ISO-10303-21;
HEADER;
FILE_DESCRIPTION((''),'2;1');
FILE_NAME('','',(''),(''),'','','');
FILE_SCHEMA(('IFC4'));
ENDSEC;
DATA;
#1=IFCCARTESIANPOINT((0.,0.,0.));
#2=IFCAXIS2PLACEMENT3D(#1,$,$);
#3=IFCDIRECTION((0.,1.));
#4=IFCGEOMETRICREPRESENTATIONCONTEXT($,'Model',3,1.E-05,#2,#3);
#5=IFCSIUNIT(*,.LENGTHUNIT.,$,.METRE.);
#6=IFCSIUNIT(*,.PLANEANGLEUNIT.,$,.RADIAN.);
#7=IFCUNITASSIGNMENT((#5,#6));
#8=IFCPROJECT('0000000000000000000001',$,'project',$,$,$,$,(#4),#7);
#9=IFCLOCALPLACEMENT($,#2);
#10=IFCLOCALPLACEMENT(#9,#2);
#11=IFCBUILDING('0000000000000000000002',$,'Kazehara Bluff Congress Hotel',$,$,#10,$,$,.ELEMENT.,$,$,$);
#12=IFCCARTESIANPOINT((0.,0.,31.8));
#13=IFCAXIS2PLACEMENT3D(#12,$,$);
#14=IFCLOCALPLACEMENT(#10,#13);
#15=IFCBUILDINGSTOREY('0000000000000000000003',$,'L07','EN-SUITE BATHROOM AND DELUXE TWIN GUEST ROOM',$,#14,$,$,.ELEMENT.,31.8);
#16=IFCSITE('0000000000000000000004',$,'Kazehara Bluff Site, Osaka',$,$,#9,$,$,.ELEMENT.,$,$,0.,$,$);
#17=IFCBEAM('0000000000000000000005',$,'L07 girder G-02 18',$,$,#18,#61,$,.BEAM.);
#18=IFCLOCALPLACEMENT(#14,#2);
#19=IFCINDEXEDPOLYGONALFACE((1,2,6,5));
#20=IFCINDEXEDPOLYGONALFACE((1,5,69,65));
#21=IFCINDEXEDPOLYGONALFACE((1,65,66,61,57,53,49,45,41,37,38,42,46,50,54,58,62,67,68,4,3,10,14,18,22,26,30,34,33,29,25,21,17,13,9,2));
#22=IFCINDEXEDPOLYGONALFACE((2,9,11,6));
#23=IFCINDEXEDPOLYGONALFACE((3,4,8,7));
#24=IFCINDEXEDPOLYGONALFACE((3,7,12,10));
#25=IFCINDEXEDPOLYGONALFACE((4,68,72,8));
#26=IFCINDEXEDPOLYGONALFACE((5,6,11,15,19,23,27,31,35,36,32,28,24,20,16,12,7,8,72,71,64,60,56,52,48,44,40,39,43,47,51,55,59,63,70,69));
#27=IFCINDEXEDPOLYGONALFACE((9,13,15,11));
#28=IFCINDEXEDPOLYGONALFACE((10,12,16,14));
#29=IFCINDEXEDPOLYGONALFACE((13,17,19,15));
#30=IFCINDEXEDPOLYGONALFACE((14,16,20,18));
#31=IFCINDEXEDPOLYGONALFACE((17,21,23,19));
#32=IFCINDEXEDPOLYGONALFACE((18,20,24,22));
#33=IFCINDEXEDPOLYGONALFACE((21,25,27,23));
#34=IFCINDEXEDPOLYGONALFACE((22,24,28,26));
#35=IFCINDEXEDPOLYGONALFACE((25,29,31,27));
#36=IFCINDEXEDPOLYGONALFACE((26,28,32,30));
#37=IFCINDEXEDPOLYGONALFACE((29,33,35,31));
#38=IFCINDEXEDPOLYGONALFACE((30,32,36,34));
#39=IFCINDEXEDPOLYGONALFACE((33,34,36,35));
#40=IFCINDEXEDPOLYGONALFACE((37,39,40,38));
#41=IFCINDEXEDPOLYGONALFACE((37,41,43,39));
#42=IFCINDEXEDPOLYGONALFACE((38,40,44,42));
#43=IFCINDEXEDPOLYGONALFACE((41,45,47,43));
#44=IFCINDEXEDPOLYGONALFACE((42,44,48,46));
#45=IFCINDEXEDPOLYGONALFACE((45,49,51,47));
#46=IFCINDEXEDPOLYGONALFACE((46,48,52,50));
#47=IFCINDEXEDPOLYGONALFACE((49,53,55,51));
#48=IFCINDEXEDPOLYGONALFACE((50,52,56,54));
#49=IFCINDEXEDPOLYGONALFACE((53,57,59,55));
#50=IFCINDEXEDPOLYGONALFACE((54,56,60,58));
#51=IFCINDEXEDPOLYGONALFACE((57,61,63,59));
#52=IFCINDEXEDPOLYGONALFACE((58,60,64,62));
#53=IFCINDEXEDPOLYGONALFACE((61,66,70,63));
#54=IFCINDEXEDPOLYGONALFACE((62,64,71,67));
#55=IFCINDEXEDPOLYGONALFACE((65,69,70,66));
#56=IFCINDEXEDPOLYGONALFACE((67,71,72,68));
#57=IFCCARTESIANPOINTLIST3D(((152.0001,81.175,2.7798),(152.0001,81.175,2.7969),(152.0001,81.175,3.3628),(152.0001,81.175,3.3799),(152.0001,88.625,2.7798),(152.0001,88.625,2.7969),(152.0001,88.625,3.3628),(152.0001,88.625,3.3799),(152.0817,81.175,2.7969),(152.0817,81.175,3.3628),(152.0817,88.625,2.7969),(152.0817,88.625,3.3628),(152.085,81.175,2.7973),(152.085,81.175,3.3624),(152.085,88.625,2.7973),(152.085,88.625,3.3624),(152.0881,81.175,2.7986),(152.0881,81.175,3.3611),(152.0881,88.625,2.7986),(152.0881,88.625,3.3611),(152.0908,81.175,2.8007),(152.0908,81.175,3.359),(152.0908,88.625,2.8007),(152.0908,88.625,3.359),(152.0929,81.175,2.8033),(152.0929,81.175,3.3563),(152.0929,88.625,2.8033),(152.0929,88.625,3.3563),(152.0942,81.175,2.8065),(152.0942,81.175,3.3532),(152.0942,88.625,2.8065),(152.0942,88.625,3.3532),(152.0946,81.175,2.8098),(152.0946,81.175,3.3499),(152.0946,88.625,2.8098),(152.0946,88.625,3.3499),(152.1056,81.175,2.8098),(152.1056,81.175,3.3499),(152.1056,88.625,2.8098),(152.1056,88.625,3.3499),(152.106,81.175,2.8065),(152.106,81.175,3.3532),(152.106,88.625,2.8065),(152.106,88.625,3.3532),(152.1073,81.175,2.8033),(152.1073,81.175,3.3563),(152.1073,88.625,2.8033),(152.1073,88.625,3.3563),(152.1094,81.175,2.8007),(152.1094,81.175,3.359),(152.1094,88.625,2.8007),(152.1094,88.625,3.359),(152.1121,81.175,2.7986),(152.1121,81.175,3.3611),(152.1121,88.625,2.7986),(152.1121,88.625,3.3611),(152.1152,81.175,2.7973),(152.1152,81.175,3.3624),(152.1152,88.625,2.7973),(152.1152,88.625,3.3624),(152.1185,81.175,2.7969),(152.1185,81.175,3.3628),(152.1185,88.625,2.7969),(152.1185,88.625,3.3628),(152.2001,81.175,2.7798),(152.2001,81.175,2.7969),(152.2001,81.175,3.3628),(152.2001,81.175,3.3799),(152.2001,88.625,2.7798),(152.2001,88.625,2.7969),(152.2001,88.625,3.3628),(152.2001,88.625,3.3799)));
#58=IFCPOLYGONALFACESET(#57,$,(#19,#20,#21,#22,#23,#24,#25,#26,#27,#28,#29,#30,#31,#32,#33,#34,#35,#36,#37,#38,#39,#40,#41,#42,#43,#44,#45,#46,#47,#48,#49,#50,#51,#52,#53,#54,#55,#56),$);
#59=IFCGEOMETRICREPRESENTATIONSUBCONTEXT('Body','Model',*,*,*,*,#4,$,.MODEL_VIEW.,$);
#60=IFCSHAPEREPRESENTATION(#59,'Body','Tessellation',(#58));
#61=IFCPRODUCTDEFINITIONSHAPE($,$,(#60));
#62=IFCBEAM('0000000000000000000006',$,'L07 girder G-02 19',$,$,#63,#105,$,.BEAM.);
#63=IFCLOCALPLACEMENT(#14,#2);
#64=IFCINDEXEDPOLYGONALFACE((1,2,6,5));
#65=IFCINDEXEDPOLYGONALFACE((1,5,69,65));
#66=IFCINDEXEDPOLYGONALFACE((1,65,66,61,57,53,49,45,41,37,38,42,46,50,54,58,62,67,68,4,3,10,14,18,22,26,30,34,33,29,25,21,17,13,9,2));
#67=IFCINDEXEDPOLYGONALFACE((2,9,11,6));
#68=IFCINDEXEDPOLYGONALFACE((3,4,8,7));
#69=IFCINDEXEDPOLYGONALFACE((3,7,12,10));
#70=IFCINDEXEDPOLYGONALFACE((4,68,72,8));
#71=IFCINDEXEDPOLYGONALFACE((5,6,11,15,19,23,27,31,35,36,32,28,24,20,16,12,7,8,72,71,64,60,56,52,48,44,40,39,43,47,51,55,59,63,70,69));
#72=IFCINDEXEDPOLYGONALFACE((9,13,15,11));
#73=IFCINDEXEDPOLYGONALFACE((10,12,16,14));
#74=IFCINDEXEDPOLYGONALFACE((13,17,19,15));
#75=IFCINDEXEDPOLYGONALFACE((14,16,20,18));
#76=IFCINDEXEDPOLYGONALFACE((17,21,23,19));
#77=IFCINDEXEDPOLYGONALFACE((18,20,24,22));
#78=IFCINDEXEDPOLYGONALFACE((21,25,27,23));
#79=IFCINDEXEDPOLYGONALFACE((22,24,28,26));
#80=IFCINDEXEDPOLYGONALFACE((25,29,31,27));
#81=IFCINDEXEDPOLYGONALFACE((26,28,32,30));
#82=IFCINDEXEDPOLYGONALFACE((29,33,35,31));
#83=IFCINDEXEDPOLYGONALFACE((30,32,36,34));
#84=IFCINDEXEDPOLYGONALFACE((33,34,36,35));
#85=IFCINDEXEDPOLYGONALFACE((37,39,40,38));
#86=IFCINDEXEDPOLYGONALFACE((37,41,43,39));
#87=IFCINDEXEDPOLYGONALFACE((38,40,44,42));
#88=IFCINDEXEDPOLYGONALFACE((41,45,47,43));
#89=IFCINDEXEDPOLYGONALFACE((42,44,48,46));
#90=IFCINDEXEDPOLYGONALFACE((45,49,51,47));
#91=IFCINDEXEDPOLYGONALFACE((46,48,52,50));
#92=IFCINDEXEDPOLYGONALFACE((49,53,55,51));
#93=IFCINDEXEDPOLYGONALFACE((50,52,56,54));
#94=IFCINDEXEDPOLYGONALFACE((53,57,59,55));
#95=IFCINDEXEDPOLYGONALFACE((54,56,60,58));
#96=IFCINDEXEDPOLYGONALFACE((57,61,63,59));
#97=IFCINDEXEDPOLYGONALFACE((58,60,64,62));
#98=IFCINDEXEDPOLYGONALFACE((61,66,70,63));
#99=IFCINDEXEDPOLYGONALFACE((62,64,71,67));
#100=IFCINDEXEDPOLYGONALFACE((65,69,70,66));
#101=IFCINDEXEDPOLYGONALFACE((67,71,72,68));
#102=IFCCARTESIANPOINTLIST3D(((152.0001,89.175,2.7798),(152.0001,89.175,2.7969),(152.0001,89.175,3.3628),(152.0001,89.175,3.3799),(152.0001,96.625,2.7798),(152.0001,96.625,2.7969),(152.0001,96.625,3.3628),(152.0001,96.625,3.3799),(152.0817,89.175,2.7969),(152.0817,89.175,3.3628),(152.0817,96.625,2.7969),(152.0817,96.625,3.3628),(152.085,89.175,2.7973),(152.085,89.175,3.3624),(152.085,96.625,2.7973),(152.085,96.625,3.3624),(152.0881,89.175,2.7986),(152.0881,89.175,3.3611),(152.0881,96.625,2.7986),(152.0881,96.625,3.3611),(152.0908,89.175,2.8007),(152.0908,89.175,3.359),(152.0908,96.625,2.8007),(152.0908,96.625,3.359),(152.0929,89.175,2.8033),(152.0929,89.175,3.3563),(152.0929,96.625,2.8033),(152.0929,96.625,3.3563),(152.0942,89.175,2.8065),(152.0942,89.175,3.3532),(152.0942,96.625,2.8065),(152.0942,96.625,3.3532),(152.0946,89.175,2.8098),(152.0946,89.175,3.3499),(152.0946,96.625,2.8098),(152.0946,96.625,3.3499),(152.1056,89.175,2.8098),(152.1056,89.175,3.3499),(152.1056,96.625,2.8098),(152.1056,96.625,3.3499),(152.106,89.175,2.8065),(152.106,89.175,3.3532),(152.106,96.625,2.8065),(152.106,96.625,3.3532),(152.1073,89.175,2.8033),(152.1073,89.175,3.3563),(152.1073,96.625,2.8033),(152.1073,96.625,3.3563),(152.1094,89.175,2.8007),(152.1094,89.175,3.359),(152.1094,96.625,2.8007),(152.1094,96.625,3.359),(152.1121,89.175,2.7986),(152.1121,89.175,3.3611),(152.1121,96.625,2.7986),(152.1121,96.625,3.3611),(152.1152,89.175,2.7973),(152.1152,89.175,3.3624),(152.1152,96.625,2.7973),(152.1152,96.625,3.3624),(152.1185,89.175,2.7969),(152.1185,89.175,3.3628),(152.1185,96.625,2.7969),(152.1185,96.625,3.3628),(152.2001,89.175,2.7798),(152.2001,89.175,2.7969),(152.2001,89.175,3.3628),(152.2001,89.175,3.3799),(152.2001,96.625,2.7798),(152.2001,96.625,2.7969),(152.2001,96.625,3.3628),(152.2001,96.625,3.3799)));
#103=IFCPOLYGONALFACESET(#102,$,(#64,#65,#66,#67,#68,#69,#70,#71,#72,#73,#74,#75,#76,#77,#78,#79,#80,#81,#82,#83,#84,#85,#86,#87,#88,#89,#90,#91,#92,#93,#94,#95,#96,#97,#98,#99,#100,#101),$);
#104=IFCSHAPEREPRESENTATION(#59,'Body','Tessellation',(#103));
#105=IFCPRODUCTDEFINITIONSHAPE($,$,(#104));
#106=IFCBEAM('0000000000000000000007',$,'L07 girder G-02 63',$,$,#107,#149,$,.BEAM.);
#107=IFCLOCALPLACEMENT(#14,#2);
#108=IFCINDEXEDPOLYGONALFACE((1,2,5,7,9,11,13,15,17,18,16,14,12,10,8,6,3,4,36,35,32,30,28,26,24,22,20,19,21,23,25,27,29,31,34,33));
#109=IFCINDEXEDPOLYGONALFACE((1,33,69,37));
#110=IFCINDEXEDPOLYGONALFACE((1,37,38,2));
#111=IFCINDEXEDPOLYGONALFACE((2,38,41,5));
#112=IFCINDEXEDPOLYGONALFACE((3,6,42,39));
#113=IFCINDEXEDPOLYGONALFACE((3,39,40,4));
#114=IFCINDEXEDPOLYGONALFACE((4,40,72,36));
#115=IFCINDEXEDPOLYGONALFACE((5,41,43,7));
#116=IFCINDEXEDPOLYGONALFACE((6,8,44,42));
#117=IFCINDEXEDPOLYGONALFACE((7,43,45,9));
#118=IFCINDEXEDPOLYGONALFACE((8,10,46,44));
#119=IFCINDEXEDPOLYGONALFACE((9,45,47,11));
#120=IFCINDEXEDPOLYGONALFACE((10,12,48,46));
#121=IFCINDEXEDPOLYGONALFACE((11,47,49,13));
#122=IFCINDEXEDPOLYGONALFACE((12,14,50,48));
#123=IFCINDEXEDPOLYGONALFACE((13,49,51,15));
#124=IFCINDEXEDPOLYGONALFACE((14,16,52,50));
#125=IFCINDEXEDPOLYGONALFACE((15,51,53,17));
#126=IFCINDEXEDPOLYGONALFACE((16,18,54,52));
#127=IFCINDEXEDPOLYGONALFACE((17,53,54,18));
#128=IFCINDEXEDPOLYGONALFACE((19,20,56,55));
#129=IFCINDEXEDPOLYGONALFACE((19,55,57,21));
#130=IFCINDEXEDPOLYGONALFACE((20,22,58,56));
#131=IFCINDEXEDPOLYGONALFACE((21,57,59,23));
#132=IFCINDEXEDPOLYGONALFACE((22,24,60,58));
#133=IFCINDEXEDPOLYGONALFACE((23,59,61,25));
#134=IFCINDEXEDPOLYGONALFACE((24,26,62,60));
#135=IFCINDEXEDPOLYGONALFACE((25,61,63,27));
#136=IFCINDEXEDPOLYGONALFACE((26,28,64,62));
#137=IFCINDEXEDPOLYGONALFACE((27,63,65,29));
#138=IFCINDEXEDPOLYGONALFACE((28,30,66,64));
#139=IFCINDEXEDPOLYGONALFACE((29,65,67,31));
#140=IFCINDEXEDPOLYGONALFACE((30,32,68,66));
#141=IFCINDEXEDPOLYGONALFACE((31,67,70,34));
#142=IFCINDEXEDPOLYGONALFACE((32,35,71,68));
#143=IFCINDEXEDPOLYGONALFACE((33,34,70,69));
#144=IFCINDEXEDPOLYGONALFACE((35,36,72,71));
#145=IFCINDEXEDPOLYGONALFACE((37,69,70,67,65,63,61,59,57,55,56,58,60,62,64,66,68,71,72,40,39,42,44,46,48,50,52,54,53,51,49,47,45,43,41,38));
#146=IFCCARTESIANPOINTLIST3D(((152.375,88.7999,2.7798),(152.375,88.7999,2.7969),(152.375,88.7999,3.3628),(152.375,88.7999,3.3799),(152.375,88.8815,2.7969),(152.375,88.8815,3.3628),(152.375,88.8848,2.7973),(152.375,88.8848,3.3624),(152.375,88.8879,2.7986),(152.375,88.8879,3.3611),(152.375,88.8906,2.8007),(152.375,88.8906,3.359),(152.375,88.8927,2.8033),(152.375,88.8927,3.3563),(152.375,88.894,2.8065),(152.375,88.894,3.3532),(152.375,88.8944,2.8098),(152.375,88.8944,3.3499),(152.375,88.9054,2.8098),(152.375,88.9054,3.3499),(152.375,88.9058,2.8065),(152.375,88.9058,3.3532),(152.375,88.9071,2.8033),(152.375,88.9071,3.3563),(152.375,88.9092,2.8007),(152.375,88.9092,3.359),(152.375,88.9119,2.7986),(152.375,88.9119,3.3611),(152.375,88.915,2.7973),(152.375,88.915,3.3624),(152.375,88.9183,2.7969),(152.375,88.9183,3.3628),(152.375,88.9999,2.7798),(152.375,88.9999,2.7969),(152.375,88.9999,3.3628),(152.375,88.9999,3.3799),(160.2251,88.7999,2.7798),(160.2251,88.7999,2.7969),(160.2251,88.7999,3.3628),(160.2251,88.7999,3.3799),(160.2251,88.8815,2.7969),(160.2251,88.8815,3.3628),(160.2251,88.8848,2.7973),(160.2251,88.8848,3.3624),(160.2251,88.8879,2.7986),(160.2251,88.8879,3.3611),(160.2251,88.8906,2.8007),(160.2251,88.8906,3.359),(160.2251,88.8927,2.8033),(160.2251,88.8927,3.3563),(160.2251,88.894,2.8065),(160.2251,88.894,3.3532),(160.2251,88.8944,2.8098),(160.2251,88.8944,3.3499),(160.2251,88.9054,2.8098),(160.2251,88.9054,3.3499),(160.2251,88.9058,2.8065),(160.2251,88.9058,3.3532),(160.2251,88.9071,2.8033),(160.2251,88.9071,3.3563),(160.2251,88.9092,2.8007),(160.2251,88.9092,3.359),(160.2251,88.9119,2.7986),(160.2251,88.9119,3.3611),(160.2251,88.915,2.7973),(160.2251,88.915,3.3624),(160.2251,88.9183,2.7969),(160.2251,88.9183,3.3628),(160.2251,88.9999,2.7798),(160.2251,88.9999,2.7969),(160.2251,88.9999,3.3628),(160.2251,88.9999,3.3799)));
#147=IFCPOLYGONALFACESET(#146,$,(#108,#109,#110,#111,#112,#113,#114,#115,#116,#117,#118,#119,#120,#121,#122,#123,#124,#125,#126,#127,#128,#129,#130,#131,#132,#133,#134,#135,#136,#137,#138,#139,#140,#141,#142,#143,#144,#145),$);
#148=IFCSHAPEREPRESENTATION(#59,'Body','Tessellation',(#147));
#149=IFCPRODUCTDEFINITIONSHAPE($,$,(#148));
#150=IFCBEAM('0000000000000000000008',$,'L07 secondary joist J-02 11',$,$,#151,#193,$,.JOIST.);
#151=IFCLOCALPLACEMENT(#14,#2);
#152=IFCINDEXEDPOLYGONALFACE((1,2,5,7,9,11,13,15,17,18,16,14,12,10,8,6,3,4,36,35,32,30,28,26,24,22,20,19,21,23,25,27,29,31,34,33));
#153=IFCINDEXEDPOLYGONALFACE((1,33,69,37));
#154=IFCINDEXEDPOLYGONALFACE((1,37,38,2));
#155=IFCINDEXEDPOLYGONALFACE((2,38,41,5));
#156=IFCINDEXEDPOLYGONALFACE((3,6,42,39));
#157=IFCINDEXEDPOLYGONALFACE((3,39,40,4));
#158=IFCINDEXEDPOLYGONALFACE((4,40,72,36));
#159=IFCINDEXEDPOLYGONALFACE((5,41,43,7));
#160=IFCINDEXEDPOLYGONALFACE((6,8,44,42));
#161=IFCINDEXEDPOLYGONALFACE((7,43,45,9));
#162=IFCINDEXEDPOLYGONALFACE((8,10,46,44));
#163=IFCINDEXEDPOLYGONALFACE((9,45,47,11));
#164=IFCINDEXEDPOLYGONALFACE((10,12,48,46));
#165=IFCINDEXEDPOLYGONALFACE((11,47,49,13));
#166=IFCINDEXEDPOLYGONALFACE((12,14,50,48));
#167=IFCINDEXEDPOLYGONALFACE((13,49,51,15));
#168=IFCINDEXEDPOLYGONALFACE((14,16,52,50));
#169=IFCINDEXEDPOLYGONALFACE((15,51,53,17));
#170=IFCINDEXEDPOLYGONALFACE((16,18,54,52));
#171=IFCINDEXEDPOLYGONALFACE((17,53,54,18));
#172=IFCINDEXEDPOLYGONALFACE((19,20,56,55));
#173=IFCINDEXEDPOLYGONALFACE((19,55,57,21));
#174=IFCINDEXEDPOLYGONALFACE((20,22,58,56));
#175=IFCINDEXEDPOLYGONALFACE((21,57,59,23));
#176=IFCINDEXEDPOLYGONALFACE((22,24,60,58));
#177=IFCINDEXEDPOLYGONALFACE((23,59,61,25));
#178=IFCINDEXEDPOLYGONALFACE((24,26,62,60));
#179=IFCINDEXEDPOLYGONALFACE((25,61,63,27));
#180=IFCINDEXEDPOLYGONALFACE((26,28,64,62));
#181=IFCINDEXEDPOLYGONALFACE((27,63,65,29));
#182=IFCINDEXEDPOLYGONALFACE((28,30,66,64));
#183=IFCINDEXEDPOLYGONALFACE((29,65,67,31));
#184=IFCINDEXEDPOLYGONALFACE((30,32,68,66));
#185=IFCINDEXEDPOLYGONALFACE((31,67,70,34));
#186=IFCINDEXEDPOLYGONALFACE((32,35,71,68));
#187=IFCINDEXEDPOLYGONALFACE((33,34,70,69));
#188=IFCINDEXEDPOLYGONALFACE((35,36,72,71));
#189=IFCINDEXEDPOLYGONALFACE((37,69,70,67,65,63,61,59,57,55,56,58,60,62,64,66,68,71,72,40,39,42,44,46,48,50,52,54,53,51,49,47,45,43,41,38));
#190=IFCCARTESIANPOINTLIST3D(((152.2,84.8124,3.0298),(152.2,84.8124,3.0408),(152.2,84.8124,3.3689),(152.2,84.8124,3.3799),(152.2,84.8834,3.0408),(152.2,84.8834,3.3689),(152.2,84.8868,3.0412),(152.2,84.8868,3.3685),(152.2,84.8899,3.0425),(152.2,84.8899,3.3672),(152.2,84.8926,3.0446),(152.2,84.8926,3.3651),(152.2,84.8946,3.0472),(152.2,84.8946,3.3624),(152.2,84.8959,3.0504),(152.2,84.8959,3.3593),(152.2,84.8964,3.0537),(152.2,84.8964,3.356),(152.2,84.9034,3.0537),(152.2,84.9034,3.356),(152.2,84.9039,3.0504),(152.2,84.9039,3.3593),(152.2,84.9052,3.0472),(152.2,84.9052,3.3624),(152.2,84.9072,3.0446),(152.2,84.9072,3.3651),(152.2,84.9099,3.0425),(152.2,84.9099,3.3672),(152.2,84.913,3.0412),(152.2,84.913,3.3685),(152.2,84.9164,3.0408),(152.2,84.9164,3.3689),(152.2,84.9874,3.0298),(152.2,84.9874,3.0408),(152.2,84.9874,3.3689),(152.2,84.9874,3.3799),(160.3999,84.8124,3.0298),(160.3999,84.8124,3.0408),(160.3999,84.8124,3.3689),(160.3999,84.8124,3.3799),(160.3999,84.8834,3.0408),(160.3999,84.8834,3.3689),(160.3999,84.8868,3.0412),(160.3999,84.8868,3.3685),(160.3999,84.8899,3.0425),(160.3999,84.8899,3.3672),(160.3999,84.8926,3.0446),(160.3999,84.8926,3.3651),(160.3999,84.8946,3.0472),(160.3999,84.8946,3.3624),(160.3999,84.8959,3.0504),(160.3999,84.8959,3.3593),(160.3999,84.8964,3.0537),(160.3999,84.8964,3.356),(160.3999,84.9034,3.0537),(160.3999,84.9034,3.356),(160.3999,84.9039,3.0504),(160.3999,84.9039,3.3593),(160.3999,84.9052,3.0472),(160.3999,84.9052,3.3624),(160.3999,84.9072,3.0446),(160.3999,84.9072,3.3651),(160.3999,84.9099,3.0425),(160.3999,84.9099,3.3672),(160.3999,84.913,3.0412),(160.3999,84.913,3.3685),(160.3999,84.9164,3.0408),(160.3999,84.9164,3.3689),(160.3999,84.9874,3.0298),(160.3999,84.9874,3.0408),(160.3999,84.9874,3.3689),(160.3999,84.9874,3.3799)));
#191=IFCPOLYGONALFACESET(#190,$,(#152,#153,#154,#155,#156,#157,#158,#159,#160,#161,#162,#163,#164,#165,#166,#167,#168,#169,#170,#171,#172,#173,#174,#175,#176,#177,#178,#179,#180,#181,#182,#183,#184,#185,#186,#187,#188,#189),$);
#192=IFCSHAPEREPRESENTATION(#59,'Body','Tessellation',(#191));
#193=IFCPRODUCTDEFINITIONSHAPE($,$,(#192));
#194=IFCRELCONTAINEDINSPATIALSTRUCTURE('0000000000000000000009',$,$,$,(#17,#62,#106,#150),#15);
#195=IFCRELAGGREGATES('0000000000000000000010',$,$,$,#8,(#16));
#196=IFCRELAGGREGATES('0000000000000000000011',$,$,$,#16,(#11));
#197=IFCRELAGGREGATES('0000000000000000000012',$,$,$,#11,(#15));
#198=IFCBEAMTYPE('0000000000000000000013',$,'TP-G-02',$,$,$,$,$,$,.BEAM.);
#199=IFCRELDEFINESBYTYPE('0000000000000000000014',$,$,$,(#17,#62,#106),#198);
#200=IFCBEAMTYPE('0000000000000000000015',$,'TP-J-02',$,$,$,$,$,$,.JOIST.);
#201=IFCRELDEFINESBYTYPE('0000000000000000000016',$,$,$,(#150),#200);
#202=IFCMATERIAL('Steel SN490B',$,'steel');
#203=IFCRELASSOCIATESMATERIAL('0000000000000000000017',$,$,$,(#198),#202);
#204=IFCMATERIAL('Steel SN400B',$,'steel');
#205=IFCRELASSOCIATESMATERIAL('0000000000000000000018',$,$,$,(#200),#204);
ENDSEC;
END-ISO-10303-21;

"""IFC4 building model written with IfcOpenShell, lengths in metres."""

from ifc_helpers import new_model, si_unit, direction, frame, origin, origin_2d, place, context, subcontext, project, spatial, i_section, extrude, material, material_profile, profile_set, type_object, element, save


model = new_model("IFC4")

# Units and contexts
model_context = context("Model", 3, precision=1e-05, world=origin(), true_north=direction((0.0, 1.0)))
body_context = subcontext(model_context, "Body", "Model", "MODEL_VIEW")
ifc_project = project(units=[si_unit("LENGTHUNIT", "METRE"), si_unit("PLANEANGLEUNIT", "RADIAN")], contexts=[model_context])

# Site, building, storey
site_placement = place(None, origin())
site = spatial("IfcSite", under=ifc_project, at=site_placement, Name="Kazehara Bluff Site, Osaka", CompositionType="ELEMENT", RefElevation=0.0)
building_placement = place(site_placement, origin())
building = spatial("IfcBuilding", under=site, at=building_placement, Name="Kazehara Bluff Congress Hotel", CompositionType="ELEMENT")
storey_placement = place(building_placement, frame((0.0, 0.0, 31.8)))
storey = spatial("IfcBuildingStorey", under=building, at=storey_placement, Name="L07", Description="EN-SUITE BATHROOM AND DELUXE TWIN GUEST ROOM", CompositionType="ELEMENT", Elevation=31.8)

# Beams
ifc_material_1 = material(Name="Steel SN490B", Category="steel")
ifc_material_profile_1 = material_profile(ifc_material_1, i_section(OverallWidth=0.2, OverallDepth=0.6001, WebThickness=0.011, FlangeThickness=0.0171, FilletRadius=0.0129, at=origin_2d()))
ifc_profile_set_1 = profile_set([ifc_material_profile_1], Name="Steel SN490B")
beam_type_1 = type_object("IfcBeamType", Name="TP-G-02", PredefinedType="BEAM", material=ifc_profile_set_1)
for number, where, z_axis, x_axis, name in (
    (1, (152.1001, 81.175, 3.0798), (0.0, 1.0, 0.0), (-1.0, 0.0, 0.0), "L07 girder G-02 18"),
    (2, (152.1001, 89.175, 3.0798), (0.0, 1.0, 0.0), (-1.0, 0.0, 0.0), "L07 girder G-02 19"),
):
    element("IfcBeam", number, at=place(storey_placement, frame(where, z_axis=z_axis, x_axis=x_axis)), inside=storey, type_object=beam_type_1, Name=name, PredefinedType="BEAM", context=body_context, shape_type="SweptSolid", body=[
        extrude(i_section(OverallWidth=0.2, OverallDepth=0.6001, WebThickness=0.011, FlangeThickness=0.0171, FilletRadius=0.0129, at=origin_2d()), origin(), (0.0, 0.0, 1.0), 7.45),
    ])
beam_placement = place(storey_placement, frame((152.375, 88.8999, 3.0798), z_axis=(1.0, 0.0, 0.0), x_axis=(0.0, 1.0, 0.0)))
element("IfcBeam", 3, at=beam_placement, inside=storey, type_object=beam_type_1, Name="L07 girder G-02 63", PredefinedType="BEAM", context=body_context, shape_type="SweptSolid", body=[
    extrude(i_section(OverallWidth=0.2, OverallDepth=0.6001, WebThickness=0.011, FlangeThickness=0.0171, FilletRadius=0.0129, at=origin_2d()), origin(), (0.0, 0.0, 1.0), 7.8501),
])
ifc_material_2 = material(Name="Steel SN400B", Category="steel")
ifc_material_profile_2 = material_profile(ifc_material_2, i_section(OverallWidth=0.175, OverallDepth=0.3501, WebThickness=0.0071, FlangeThickness=0.011, FilletRadius=0.0129, at=origin_2d()))
ifc_profile_set_2 = profile_set([ifc_material_profile_2], Name="Steel SN400B")
beam_type_2 = type_object("IfcBeamType", Name="TP-J-02", PredefinedType="JOIST", material=ifc_profile_set_2)
for number, where, z_axis, x_axis, name in (
    (4, (152.2, 84.8999, 3.2048), (1.0, 0.0, 0.0), (0.0, 1.0, 0.0), "L07 secondary joist J-02 11"),
):
    element("IfcBeam", number, at=place(storey_placement, frame(where, z_axis=z_axis, x_axis=x_axis)), inside=storey, type_object=beam_type_2, Name=name, PredefinedType="JOIST", context=body_context, shape_type="SweptSolid", body=[
        extrude(i_section(OverallWidth=0.175, OverallDepth=0.3501, WebThickness=0.0071, FlangeThickness=0.011, FilletRadius=0.0129, at=origin_2d()), origin(), (0.0, 0.0, 1.0), 8.2),
    ])

save(model, "model.ifc")
